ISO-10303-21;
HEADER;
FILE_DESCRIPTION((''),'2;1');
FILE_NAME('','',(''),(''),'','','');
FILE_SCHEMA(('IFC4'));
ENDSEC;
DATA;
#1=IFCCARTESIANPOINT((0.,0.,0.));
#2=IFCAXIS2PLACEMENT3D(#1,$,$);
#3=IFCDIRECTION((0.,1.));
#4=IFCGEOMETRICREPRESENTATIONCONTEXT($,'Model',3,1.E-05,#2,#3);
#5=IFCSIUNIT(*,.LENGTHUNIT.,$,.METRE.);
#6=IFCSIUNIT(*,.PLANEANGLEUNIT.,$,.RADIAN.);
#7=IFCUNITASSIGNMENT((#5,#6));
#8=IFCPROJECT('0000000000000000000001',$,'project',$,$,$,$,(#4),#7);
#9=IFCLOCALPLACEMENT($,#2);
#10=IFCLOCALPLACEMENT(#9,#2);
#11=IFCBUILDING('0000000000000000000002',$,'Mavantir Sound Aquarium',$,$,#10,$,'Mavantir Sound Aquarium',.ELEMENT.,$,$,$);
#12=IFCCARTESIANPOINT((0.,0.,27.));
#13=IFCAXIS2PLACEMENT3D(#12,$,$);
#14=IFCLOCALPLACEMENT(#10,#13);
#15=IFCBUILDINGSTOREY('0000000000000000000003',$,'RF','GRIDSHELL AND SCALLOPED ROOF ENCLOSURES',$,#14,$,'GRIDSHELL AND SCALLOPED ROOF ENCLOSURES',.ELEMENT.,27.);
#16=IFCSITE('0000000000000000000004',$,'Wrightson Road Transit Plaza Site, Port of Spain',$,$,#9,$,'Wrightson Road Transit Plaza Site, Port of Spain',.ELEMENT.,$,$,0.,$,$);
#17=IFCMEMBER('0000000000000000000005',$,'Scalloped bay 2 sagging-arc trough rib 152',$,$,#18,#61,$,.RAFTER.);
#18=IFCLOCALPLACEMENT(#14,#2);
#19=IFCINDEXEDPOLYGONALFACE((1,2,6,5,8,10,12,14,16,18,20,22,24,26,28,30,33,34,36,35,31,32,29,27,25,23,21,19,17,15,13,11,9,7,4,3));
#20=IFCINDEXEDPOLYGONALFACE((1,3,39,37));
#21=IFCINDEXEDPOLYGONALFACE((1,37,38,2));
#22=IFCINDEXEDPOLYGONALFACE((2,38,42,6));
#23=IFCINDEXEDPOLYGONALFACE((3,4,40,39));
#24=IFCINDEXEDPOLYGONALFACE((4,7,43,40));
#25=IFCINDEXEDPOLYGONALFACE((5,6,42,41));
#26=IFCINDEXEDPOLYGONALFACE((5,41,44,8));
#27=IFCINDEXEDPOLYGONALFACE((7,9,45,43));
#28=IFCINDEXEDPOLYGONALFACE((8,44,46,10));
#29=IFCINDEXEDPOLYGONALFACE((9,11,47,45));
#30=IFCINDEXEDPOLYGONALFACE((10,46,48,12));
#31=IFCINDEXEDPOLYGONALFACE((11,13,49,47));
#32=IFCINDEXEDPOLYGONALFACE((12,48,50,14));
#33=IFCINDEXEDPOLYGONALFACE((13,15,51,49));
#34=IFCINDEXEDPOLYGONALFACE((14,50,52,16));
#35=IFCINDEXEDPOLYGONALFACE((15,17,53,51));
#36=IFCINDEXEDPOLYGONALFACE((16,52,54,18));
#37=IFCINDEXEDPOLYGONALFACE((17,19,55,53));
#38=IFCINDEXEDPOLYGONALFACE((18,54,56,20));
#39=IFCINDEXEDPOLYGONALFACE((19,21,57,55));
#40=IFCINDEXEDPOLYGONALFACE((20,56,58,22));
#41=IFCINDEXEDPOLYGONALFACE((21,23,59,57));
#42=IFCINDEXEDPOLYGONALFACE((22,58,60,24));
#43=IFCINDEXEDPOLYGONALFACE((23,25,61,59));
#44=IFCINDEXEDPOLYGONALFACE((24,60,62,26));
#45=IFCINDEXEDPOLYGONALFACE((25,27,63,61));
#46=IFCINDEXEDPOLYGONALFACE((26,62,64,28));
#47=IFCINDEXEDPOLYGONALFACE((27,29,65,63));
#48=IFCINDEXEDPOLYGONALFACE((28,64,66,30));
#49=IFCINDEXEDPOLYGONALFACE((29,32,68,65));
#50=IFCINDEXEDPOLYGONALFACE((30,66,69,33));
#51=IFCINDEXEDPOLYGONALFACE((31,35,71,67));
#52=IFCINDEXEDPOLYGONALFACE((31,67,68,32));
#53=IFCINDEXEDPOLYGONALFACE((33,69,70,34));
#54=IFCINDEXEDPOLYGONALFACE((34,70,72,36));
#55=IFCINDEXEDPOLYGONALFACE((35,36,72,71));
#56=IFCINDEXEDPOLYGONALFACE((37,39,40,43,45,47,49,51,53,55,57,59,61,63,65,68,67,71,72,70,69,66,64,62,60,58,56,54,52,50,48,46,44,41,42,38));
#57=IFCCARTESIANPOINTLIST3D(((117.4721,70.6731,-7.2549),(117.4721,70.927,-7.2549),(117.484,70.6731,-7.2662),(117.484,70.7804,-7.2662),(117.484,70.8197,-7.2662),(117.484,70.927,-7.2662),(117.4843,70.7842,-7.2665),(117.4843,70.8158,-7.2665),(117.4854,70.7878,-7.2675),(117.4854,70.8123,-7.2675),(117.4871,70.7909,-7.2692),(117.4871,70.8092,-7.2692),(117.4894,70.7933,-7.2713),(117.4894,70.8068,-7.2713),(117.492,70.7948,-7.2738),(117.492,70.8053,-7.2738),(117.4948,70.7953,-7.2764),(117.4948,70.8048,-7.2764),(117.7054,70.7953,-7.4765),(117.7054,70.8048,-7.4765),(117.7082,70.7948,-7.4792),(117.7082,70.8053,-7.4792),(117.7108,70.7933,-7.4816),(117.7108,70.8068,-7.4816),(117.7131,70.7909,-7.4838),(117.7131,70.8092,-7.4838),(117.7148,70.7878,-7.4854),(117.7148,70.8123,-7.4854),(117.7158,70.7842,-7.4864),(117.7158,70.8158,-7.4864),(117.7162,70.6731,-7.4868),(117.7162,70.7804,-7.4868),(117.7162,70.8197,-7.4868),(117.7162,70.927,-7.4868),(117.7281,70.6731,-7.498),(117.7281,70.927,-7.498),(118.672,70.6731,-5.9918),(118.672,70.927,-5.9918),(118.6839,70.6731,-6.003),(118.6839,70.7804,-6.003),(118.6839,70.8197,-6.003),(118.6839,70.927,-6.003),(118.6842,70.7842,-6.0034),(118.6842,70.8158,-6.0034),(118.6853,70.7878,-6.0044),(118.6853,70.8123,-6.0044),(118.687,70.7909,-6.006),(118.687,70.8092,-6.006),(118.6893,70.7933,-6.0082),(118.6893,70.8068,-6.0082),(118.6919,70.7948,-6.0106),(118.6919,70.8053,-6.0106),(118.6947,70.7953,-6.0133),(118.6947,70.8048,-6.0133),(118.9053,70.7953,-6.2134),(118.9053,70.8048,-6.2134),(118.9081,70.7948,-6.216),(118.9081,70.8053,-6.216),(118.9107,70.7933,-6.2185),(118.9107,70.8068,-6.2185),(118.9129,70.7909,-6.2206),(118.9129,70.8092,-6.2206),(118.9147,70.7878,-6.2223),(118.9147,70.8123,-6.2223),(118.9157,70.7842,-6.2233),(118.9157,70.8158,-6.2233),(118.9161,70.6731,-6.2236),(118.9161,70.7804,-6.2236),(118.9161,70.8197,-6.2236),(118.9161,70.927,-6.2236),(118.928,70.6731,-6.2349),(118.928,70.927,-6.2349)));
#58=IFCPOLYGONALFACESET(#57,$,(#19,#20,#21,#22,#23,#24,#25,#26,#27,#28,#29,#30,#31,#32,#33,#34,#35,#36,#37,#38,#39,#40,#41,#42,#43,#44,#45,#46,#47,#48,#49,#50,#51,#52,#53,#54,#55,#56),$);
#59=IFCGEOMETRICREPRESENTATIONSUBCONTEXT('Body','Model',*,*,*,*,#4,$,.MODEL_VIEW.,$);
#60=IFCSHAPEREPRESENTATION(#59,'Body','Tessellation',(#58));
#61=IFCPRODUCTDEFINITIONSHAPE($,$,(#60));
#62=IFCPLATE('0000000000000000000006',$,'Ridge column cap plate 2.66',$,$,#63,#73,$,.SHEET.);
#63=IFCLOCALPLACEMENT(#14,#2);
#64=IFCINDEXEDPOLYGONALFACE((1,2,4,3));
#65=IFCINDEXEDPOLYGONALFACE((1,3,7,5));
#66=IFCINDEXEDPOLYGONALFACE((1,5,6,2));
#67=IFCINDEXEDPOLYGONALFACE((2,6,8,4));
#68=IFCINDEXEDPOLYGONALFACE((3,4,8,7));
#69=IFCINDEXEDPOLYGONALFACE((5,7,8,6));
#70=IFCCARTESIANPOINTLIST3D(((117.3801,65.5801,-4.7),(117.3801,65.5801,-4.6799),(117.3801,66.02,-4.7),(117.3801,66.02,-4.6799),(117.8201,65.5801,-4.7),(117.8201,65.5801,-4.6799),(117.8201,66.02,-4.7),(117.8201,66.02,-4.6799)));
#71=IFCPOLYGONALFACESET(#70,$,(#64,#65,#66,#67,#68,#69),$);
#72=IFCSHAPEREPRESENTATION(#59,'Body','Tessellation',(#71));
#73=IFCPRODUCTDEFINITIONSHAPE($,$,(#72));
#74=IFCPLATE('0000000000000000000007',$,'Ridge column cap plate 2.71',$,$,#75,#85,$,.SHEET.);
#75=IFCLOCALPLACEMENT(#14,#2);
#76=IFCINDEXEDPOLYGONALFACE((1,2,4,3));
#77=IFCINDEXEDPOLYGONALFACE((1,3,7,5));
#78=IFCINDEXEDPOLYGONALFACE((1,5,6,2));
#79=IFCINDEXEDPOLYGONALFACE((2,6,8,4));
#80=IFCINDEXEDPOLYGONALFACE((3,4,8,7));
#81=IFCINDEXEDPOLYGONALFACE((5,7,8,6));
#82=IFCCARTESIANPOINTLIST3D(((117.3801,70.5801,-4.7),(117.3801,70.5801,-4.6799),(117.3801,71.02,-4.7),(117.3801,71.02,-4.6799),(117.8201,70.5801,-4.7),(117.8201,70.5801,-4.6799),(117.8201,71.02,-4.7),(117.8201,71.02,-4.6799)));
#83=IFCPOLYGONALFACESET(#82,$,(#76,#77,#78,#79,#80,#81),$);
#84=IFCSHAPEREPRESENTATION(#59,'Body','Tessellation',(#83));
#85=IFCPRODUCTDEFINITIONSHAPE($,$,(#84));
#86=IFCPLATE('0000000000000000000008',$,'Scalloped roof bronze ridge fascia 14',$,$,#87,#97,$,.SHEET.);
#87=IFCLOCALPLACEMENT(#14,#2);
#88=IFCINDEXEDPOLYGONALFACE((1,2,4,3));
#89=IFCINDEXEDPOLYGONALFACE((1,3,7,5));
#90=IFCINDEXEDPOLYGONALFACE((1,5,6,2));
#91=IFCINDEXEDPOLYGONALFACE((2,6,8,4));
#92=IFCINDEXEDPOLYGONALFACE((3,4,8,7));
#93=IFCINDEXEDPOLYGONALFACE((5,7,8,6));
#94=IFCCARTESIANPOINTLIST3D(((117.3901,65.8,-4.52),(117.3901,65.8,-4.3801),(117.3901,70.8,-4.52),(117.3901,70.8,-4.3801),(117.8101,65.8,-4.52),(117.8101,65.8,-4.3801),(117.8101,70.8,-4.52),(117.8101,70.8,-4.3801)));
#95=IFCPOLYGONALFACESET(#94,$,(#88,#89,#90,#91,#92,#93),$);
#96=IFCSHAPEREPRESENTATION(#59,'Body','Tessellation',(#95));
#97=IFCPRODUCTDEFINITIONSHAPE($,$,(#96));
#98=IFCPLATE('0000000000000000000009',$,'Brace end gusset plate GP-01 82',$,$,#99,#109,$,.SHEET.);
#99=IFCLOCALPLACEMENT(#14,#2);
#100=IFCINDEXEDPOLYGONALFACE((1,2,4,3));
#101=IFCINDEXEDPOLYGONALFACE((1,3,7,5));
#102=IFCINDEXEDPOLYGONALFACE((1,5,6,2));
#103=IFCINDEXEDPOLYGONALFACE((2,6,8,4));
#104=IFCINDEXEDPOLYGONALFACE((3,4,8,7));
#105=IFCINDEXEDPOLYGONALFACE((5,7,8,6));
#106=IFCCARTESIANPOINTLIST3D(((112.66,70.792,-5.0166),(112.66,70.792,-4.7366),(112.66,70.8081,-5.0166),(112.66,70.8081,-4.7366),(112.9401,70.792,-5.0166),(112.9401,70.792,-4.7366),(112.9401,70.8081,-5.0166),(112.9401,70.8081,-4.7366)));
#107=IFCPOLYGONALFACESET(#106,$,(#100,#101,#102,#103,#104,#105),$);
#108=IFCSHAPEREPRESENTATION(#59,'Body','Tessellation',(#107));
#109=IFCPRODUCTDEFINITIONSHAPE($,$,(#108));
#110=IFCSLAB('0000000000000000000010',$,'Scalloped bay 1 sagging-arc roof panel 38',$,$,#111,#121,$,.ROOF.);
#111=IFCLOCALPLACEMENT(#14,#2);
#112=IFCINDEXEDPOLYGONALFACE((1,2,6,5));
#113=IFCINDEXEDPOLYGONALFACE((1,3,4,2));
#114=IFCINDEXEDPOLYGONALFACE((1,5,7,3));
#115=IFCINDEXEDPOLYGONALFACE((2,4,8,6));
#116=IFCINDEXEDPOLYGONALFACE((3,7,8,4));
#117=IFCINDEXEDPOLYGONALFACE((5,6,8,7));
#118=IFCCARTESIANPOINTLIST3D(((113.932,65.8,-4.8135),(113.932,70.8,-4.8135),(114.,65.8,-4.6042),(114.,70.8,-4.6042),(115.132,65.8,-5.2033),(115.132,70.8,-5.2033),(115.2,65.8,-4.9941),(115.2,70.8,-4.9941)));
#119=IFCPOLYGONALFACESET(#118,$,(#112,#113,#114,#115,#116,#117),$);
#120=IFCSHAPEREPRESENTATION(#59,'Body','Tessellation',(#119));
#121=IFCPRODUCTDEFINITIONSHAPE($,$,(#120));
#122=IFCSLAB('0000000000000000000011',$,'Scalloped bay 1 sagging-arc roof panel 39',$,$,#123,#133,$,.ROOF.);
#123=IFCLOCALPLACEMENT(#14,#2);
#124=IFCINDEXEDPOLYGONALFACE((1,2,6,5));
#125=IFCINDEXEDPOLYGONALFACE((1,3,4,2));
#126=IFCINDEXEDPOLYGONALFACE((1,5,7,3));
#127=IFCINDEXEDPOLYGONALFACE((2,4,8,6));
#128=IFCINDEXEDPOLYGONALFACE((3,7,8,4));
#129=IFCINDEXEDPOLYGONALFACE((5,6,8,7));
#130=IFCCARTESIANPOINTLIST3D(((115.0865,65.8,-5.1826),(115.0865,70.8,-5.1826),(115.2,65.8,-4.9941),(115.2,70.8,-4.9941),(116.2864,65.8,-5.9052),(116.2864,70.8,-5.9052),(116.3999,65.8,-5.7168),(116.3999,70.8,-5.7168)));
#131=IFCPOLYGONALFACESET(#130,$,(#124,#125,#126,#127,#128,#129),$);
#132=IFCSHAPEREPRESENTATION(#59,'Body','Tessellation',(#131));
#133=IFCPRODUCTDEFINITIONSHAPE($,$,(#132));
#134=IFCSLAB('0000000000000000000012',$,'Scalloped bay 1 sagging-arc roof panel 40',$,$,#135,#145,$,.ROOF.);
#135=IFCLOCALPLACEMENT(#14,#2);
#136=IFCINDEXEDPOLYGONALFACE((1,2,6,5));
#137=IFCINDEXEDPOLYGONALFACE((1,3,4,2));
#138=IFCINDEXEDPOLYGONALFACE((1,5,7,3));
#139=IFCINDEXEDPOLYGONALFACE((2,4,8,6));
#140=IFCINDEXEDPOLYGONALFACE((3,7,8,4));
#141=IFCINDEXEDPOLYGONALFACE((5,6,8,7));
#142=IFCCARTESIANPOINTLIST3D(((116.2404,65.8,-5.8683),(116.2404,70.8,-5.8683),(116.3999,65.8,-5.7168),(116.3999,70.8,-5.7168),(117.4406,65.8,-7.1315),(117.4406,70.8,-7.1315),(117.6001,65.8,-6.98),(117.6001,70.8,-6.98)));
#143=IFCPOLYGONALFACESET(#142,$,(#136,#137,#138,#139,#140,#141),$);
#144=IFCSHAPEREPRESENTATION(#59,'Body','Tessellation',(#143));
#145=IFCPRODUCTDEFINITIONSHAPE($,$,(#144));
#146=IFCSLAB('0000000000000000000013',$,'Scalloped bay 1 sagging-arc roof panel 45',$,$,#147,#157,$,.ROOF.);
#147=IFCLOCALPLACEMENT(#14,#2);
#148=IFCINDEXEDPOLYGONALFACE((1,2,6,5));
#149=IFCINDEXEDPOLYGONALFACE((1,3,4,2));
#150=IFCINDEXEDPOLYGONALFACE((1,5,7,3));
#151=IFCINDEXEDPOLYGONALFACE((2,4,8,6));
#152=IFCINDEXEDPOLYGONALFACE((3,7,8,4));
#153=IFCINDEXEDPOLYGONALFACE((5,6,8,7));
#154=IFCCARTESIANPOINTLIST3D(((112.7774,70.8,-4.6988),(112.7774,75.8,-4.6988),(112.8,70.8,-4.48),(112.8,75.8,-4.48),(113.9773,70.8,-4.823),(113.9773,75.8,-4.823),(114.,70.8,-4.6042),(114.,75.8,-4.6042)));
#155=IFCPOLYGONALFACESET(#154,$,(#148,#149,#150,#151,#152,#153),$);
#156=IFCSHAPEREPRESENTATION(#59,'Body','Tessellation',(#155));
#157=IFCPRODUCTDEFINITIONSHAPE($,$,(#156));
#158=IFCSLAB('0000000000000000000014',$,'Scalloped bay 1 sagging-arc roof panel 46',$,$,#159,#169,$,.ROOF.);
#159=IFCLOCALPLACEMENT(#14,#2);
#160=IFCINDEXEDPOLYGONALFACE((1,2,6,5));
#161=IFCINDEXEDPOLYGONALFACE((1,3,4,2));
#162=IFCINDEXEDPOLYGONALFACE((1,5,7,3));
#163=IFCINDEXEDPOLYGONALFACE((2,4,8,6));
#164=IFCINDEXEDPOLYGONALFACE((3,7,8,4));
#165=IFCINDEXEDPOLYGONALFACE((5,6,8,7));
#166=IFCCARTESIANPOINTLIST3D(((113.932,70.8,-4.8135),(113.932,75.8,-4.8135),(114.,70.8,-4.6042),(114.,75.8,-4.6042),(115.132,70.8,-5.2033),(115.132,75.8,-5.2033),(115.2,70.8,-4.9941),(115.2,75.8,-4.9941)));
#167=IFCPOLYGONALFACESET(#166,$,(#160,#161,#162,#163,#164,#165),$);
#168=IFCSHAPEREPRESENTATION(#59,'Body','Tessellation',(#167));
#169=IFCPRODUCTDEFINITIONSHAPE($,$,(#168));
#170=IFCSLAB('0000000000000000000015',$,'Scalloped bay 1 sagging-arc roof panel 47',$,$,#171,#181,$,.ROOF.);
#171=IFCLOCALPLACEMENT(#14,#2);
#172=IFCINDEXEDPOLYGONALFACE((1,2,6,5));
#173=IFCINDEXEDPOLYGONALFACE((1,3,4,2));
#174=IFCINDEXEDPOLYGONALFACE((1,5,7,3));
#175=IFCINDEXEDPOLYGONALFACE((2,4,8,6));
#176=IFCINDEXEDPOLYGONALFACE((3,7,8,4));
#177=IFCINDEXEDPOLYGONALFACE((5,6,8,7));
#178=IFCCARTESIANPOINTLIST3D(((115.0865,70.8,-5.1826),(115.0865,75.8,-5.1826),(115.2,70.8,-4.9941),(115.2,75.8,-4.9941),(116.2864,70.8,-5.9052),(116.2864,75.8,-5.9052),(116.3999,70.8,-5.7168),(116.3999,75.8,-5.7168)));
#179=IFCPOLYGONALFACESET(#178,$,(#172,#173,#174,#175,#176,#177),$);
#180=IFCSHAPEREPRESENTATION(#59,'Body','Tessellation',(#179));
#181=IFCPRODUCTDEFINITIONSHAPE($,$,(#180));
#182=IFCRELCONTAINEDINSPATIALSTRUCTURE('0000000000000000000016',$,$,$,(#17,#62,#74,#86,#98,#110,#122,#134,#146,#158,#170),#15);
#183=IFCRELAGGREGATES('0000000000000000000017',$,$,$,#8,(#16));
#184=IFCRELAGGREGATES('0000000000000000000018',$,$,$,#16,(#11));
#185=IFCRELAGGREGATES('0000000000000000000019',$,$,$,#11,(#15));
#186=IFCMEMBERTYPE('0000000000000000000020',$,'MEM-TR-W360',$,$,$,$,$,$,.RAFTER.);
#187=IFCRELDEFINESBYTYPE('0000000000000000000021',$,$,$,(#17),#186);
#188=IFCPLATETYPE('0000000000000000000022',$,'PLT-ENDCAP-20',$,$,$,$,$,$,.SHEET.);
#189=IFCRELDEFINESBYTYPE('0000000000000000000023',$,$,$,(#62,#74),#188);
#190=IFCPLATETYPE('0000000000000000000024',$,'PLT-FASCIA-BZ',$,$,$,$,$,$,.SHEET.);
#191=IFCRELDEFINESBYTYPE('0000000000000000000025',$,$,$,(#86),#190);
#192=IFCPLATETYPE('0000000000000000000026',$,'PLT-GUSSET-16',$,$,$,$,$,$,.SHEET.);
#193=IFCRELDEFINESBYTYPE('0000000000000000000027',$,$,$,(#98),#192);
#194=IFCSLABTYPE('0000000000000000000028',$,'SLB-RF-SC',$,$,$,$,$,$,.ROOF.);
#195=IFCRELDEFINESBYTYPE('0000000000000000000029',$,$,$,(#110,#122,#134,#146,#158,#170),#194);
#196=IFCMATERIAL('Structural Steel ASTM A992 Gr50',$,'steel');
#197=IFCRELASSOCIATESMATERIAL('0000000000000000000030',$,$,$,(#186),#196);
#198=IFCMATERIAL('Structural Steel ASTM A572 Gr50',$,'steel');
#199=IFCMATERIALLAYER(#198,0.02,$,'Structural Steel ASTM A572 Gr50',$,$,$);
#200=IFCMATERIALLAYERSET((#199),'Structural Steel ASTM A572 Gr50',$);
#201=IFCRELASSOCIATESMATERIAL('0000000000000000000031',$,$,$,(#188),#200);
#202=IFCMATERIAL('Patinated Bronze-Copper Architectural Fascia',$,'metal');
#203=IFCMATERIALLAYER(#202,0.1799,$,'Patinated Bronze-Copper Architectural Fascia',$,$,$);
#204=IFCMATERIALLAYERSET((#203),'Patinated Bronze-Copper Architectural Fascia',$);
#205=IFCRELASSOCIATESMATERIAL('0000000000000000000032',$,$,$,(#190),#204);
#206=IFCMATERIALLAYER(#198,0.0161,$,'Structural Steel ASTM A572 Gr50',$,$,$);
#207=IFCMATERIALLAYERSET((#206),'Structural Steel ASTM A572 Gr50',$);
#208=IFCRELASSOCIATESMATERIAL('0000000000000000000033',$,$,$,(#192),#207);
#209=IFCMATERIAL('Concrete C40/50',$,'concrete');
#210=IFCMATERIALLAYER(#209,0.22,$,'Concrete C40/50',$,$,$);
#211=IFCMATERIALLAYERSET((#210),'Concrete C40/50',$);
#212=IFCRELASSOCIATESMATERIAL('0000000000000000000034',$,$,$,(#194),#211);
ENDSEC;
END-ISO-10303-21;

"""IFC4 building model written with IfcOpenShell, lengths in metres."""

from ifc_helpers import new_model, si_unit, direction, frame, origin, origin_2d, place, context, subcontext, project, spatial, polyline, rectangle, i_section, outline, extrude, material, layer, layer_set, material_profile, profile_set, type_object, element, save


model = new_model("IFC4")

# Units and contexts
model_context = context("Model", 3, precision=1e-05, world=origin(), true_north=direction((0.0, 1.0)))
body_context = subcontext(model_context, "Body", "Model", "MODEL_VIEW")
ifc_project = project(units=[si_unit("LENGTHUNIT", "METRE"), si_unit("PLANEANGLEUNIT", "RADIAN")], contexts=[model_context])

# Site, building, storey
site_placement = place(None, origin())
site = spatial("IfcSite", under=ifc_project, at=site_placement, Name="Wrightson Road Transit Plaza Site, Port of Spain", LongName="Wrightson Road Transit Plaza Site, Port of Spain", CompositionType="ELEMENT", RefElevation=0.0)
building_placement = place(site_placement, origin())
building = spatial("IfcBuilding", under=site, at=building_placement, Name="Mavantir Sound Aquarium", LongName="Mavantir Sound Aquarium", CompositionType="ELEMENT")
storey_placement = place(building_placement, frame((0.0, 0.0, 27.0)))
storey = spatial("IfcBuildingStorey", under=building, at=storey_placement, Name="RF", Description="GRIDSHELL AND SCALLOPED ROOF ENCLOSURES", LongName="GRIDSHELL AND SCALLOPED ROOF ENCLOSURES", CompositionType="ELEMENT", Elevation=27.0)

# Shared definitions
ifc_material_1 = material(Name="Concrete C40/50", Category="concrete")

# Shared definitions
ifc_material_2 = material(Name="Structural Steel ASTM A992 Gr50", Category="steel")

# Member
ifc_material_profile_1 = material_profile(ifc_material_2, i_section(OverallWidth=0.2539, OverallDepth=0.353, WebThickness=0.0095, FlangeThickness=0.0164, FilletRadius=0.0149, at=origin_2d()), Name="W360X91")
ifc_profile_set_1 = profile_set([ifc_material_profile_1], Name="Structural Steel ASTM A992 Gr50")
member_type_1 = type_object("IfcMemberType", Name="MEM-TR-W360", PredefinedType="RAFTER", material=ifc_profile_set_1)
member_1_placement = place(storey_placement, frame((117.6001, 70.8, -7.3765), z_axis=(0.688727, 0.0, 0.72502), x_axis=(0.0, 1.0, 0.0)))
element("IfcMember", 1, at=member_1_placement, inside=storey, type_object=member_type_1, Name="Scalloped bay 2 sagging-arc trough rib 152", PredefinedType="RAFTER", context=body_context, shape_type="SweptSolid", body=[
    extrude(i_section(OverallWidth=0.2539, OverallDepth=0.353, WebThickness=0.0095, FlangeThickness=0.0164, FilletRadius=0.0149, at=origin_2d()), origin(), (0.0, 0.0, 1.0), 1.7422),
])

# Plates
ifc_material_3 = material(Name="Structural Steel ASTM A572 Gr50", Category="steel")
ifc_layer_1 = layer(ifc_material_3, 0.02, Name="Structural Steel ASTM A572 Gr50")
ifc_layer_set_1 = layer_set([ifc_layer_1], Name="Structural Steel ASTM A572 Gr50")
plate_type_1 = type_object("IfcPlateType", Name="PLT-ENDCAP-20", PredefinedType="SHEET", material=ifc_layer_set_1)
for number, where, z_axis, x_axis, name in (
    (2, (117.6001, 65.8, -4.7), (0.0, 0.0, 1.0), (1.0, 0.0, 0.0), "Ridge column cap plate 2.66"),
    (3, (117.6001, 70.8, -4.7), (0.0, 0.0, 1.0), (1.0, 0.0, 0.0), "Ridge column cap plate 2.71"),
):
    element("IfcPlate", number, at=place(storey_placement, frame(where, z_axis=z_axis, x_axis=x_axis)), inside=storey, type_object=plate_type_1, Name=name, PredefinedType="SHEET", context=body_context, shape_type="SweptSolid", body=[
        extrude(rectangle(XDim=0.4399, YDim=0.4399, at=origin_2d()), origin(), (0.0, 0.0, 1.0), 0.02),
    ])
ifc_material_4 = material(Name="Patinated Bronze-Copper Architectural Fascia", Category="metal")
ifc_layer_2 = layer(ifc_material_4, 0.1799, Name="Patinated Bronze-Copper Architectural Fascia")
ifc_layer_set_2 = layer_set([ifc_layer_2], Name="Patinated Bronze-Copper Architectural Fascia")
plate_type_2 = type_object("IfcPlateType", Name="PLT-FASCIA-BZ", PredefinedType="SHEET", material=ifc_layer_set_2)
plate_1_placement = place(storey_placement, frame((117.6001, 68.3, -4.52), z_axis=(0.0, 0.0, 1.0), x_axis=(1.0, 0.0, 0.0)))
element("IfcPlate", 4, at=plate_1_placement, inside=storey, type_object=plate_type_2, Name="Scalloped roof bronze ridge fascia 14", PredefinedType="SHEET", context=body_context, shape_type="SweptSolid", body=[
    extrude(rectangle(XDim=0.4199, YDim=5.0, at=origin_2d()), origin(), (0.0, 0.0, 1.0), 0.1399),
])
ifc_layer_3 = layer(ifc_material_3, 0.0161, Name="Structural Steel ASTM A572 Gr50")
ifc_layer_set_3 = layer_set([ifc_layer_3], Name="Structural Steel ASTM A572 Gr50")
plate_type_3 = type_object("IfcPlateType", Name="PLT-GUSSET-16", PredefinedType="SHEET", material=ifc_layer_set_3)
plate_2_placement = place(storey_placement, frame((112.8, 70.8, -5.0166), z_axis=(0.0, 0.0, 1.0), x_axis=(1.0, 0.0, 0.0)))
element("IfcPlate", 5, at=plate_2_placement, inside=storey, type_object=plate_type_3, Name="Brace end gusset plate GP-01 82", PredefinedType="SHEET", context=body_context, shape_type="SweptSolid", body=[
    extrude(rectangle(XDim=0.28, YDim=0.0161, at=origin_2d()), origin(), (0.0, 0.0, 1.0), 0.28),
])

# Slabs
ifc_layer_4 = layer(ifc_material_1, 0.22, Name="Concrete C40/50")
ifc_layer_set_4 = layer_set([ifc_layer_4], Name="Concrete C40/50")
slab_type = type_object("IfcSlabType", Name="SLB-RF-SC", PredefinedType="ROOF", material=ifc_layer_set_4)
slab_1_placement = place(storey_placement, frame((114.0, 65.8, -4.6042), z_axis=(0.30902, 0.0, 0.951055), x_axis=(0.951055, 0.0, -0.30902)))
element("IfcSlab", 6, at=slab_1_placement, inside=storey, type_object=slab_type, Name="Scalloped bay 1 sagging-arc roof panel 38", PredefinedType="ROOF", context=body_context, shape_type="SweptSolid", body=[
    extrude(outline(polyline([(0.0, 0.0), (1.2617, 0.0), (1.2617, 5.0), (0.0, 5.0), (0.0, 0.0)])), origin(), (0.0, 0.0, -1.0), 0.22),
])
slab_2_placement = place(storey_placement, frame((115.2, 65.8, -4.9941), z_axis=(0.515905, 0.0, 0.856646), x_axis=(0.856646, 0.0, -0.515905)))
element("IfcSlab", 7, at=slab_2_placement, inside=storey, type_object=slab_type, Name="Scalloped bay 1 sagging-arc roof panel 39", PredefinedType="ROOF", context=body_context, shape_type="SweptSolid", body=[
    extrude(outline(polyline([(0.0, 0.0), (1.4008, 0.0), (1.4008, 5.0), (0.0, 5.0), (0.0, 0.0)])), origin(), (0.0, 0.0, -1.0), 0.22),
])
slab_3_placement = place(storey_placement, frame((116.3999, 65.8, -5.7168), z_axis=(0.72495, 0.0, 0.688801), x_axis=(0.688801, 0.0, -0.72495)))
element("IfcSlab", 8, at=slab_3_placement, inside=storey, type_object=slab_type, Name="Scalloped bay 1 sagging-arc roof panel 40", PredefinedType="ROOF", context=body_context, shape_type="SweptSolid", body=[
    extrude(outline(polyline([(0.0, 0.0), (1.7424, 0.0), (1.7424, 5.0), (0.0, 5.0), (0.0, 0.0)])), origin(), (0.0, 0.0, -1.0), 0.22),
])
slab_4_placement = place(storey_placement, frame((112.8, 70.8, -4.48), z_axis=(0.10301, 0.0, 0.99468), x_axis=(0.99468, 0.0, -0.10301)))
element("IfcSlab", 9, at=slab_4_placement, inside=storey, type_object=slab_type, Name="Scalloped bay 1 sagging-arc roof panel 45", PredefinedType="ROOF", context=body_context, shape_type="SweptSolid", body=[
    extrude(outline(polyline([(0.0, 0.0), (1.2064, 0.0), (1.2064, 5.0), (0.0, 5.0), (0.0, 0.0)])), origin(), (0.0, 0.0, -1.0), 0.22),
])
slab_5_placement = place(storey_placement, frame((114.0, 70.8, -4.6042), z_axis=(0.30902, 0.0, 0.951055), x_axis=(0.951055, 0.0, -0.30902)))
element("IfcSlab", 10, at=slab_5_placement, inside=storey, type_object=slab_type, Name="Scalloped bay 1 sagging-arc roof panel 46", PredefinedType="ROOF", context=body_context, shape_type="SweptSolid", body=[
    extrude(outline(polyline([(0.0, 0.0), (1.2617, 0.0), (1.2617, 5.0), (0.0, 5.0), (0.0, 0.0)])), origin(), (0.0, 0.0, -1.0), 0.22),
])
slab_6_placement = place(storey_placement, frame((115.2, 70.8, -4.9941), z_axis=(0.515905, 0.0, 0.856646), x_axis=(0.856646, 0.0, -0.515905)))
element("IfcSlab", 11, at=slab_6_placement, inside=storey, type_object=slab_type, Name="Scalloped bay 1 sagging-arc roof panel 47", PredefinedType="ROOF", context=body_context, shape_type="SweptSolid", body=[
    extrude(outline(polyline([(0.0, 0.0), (1.4008, 0.0), (1.4008, 5.0), (0.0, 5.0), (0.0, 0.0)])), origin(), (0.0, 0.0, -1.0), 0.22),
])

save(model, "model.ifc")
